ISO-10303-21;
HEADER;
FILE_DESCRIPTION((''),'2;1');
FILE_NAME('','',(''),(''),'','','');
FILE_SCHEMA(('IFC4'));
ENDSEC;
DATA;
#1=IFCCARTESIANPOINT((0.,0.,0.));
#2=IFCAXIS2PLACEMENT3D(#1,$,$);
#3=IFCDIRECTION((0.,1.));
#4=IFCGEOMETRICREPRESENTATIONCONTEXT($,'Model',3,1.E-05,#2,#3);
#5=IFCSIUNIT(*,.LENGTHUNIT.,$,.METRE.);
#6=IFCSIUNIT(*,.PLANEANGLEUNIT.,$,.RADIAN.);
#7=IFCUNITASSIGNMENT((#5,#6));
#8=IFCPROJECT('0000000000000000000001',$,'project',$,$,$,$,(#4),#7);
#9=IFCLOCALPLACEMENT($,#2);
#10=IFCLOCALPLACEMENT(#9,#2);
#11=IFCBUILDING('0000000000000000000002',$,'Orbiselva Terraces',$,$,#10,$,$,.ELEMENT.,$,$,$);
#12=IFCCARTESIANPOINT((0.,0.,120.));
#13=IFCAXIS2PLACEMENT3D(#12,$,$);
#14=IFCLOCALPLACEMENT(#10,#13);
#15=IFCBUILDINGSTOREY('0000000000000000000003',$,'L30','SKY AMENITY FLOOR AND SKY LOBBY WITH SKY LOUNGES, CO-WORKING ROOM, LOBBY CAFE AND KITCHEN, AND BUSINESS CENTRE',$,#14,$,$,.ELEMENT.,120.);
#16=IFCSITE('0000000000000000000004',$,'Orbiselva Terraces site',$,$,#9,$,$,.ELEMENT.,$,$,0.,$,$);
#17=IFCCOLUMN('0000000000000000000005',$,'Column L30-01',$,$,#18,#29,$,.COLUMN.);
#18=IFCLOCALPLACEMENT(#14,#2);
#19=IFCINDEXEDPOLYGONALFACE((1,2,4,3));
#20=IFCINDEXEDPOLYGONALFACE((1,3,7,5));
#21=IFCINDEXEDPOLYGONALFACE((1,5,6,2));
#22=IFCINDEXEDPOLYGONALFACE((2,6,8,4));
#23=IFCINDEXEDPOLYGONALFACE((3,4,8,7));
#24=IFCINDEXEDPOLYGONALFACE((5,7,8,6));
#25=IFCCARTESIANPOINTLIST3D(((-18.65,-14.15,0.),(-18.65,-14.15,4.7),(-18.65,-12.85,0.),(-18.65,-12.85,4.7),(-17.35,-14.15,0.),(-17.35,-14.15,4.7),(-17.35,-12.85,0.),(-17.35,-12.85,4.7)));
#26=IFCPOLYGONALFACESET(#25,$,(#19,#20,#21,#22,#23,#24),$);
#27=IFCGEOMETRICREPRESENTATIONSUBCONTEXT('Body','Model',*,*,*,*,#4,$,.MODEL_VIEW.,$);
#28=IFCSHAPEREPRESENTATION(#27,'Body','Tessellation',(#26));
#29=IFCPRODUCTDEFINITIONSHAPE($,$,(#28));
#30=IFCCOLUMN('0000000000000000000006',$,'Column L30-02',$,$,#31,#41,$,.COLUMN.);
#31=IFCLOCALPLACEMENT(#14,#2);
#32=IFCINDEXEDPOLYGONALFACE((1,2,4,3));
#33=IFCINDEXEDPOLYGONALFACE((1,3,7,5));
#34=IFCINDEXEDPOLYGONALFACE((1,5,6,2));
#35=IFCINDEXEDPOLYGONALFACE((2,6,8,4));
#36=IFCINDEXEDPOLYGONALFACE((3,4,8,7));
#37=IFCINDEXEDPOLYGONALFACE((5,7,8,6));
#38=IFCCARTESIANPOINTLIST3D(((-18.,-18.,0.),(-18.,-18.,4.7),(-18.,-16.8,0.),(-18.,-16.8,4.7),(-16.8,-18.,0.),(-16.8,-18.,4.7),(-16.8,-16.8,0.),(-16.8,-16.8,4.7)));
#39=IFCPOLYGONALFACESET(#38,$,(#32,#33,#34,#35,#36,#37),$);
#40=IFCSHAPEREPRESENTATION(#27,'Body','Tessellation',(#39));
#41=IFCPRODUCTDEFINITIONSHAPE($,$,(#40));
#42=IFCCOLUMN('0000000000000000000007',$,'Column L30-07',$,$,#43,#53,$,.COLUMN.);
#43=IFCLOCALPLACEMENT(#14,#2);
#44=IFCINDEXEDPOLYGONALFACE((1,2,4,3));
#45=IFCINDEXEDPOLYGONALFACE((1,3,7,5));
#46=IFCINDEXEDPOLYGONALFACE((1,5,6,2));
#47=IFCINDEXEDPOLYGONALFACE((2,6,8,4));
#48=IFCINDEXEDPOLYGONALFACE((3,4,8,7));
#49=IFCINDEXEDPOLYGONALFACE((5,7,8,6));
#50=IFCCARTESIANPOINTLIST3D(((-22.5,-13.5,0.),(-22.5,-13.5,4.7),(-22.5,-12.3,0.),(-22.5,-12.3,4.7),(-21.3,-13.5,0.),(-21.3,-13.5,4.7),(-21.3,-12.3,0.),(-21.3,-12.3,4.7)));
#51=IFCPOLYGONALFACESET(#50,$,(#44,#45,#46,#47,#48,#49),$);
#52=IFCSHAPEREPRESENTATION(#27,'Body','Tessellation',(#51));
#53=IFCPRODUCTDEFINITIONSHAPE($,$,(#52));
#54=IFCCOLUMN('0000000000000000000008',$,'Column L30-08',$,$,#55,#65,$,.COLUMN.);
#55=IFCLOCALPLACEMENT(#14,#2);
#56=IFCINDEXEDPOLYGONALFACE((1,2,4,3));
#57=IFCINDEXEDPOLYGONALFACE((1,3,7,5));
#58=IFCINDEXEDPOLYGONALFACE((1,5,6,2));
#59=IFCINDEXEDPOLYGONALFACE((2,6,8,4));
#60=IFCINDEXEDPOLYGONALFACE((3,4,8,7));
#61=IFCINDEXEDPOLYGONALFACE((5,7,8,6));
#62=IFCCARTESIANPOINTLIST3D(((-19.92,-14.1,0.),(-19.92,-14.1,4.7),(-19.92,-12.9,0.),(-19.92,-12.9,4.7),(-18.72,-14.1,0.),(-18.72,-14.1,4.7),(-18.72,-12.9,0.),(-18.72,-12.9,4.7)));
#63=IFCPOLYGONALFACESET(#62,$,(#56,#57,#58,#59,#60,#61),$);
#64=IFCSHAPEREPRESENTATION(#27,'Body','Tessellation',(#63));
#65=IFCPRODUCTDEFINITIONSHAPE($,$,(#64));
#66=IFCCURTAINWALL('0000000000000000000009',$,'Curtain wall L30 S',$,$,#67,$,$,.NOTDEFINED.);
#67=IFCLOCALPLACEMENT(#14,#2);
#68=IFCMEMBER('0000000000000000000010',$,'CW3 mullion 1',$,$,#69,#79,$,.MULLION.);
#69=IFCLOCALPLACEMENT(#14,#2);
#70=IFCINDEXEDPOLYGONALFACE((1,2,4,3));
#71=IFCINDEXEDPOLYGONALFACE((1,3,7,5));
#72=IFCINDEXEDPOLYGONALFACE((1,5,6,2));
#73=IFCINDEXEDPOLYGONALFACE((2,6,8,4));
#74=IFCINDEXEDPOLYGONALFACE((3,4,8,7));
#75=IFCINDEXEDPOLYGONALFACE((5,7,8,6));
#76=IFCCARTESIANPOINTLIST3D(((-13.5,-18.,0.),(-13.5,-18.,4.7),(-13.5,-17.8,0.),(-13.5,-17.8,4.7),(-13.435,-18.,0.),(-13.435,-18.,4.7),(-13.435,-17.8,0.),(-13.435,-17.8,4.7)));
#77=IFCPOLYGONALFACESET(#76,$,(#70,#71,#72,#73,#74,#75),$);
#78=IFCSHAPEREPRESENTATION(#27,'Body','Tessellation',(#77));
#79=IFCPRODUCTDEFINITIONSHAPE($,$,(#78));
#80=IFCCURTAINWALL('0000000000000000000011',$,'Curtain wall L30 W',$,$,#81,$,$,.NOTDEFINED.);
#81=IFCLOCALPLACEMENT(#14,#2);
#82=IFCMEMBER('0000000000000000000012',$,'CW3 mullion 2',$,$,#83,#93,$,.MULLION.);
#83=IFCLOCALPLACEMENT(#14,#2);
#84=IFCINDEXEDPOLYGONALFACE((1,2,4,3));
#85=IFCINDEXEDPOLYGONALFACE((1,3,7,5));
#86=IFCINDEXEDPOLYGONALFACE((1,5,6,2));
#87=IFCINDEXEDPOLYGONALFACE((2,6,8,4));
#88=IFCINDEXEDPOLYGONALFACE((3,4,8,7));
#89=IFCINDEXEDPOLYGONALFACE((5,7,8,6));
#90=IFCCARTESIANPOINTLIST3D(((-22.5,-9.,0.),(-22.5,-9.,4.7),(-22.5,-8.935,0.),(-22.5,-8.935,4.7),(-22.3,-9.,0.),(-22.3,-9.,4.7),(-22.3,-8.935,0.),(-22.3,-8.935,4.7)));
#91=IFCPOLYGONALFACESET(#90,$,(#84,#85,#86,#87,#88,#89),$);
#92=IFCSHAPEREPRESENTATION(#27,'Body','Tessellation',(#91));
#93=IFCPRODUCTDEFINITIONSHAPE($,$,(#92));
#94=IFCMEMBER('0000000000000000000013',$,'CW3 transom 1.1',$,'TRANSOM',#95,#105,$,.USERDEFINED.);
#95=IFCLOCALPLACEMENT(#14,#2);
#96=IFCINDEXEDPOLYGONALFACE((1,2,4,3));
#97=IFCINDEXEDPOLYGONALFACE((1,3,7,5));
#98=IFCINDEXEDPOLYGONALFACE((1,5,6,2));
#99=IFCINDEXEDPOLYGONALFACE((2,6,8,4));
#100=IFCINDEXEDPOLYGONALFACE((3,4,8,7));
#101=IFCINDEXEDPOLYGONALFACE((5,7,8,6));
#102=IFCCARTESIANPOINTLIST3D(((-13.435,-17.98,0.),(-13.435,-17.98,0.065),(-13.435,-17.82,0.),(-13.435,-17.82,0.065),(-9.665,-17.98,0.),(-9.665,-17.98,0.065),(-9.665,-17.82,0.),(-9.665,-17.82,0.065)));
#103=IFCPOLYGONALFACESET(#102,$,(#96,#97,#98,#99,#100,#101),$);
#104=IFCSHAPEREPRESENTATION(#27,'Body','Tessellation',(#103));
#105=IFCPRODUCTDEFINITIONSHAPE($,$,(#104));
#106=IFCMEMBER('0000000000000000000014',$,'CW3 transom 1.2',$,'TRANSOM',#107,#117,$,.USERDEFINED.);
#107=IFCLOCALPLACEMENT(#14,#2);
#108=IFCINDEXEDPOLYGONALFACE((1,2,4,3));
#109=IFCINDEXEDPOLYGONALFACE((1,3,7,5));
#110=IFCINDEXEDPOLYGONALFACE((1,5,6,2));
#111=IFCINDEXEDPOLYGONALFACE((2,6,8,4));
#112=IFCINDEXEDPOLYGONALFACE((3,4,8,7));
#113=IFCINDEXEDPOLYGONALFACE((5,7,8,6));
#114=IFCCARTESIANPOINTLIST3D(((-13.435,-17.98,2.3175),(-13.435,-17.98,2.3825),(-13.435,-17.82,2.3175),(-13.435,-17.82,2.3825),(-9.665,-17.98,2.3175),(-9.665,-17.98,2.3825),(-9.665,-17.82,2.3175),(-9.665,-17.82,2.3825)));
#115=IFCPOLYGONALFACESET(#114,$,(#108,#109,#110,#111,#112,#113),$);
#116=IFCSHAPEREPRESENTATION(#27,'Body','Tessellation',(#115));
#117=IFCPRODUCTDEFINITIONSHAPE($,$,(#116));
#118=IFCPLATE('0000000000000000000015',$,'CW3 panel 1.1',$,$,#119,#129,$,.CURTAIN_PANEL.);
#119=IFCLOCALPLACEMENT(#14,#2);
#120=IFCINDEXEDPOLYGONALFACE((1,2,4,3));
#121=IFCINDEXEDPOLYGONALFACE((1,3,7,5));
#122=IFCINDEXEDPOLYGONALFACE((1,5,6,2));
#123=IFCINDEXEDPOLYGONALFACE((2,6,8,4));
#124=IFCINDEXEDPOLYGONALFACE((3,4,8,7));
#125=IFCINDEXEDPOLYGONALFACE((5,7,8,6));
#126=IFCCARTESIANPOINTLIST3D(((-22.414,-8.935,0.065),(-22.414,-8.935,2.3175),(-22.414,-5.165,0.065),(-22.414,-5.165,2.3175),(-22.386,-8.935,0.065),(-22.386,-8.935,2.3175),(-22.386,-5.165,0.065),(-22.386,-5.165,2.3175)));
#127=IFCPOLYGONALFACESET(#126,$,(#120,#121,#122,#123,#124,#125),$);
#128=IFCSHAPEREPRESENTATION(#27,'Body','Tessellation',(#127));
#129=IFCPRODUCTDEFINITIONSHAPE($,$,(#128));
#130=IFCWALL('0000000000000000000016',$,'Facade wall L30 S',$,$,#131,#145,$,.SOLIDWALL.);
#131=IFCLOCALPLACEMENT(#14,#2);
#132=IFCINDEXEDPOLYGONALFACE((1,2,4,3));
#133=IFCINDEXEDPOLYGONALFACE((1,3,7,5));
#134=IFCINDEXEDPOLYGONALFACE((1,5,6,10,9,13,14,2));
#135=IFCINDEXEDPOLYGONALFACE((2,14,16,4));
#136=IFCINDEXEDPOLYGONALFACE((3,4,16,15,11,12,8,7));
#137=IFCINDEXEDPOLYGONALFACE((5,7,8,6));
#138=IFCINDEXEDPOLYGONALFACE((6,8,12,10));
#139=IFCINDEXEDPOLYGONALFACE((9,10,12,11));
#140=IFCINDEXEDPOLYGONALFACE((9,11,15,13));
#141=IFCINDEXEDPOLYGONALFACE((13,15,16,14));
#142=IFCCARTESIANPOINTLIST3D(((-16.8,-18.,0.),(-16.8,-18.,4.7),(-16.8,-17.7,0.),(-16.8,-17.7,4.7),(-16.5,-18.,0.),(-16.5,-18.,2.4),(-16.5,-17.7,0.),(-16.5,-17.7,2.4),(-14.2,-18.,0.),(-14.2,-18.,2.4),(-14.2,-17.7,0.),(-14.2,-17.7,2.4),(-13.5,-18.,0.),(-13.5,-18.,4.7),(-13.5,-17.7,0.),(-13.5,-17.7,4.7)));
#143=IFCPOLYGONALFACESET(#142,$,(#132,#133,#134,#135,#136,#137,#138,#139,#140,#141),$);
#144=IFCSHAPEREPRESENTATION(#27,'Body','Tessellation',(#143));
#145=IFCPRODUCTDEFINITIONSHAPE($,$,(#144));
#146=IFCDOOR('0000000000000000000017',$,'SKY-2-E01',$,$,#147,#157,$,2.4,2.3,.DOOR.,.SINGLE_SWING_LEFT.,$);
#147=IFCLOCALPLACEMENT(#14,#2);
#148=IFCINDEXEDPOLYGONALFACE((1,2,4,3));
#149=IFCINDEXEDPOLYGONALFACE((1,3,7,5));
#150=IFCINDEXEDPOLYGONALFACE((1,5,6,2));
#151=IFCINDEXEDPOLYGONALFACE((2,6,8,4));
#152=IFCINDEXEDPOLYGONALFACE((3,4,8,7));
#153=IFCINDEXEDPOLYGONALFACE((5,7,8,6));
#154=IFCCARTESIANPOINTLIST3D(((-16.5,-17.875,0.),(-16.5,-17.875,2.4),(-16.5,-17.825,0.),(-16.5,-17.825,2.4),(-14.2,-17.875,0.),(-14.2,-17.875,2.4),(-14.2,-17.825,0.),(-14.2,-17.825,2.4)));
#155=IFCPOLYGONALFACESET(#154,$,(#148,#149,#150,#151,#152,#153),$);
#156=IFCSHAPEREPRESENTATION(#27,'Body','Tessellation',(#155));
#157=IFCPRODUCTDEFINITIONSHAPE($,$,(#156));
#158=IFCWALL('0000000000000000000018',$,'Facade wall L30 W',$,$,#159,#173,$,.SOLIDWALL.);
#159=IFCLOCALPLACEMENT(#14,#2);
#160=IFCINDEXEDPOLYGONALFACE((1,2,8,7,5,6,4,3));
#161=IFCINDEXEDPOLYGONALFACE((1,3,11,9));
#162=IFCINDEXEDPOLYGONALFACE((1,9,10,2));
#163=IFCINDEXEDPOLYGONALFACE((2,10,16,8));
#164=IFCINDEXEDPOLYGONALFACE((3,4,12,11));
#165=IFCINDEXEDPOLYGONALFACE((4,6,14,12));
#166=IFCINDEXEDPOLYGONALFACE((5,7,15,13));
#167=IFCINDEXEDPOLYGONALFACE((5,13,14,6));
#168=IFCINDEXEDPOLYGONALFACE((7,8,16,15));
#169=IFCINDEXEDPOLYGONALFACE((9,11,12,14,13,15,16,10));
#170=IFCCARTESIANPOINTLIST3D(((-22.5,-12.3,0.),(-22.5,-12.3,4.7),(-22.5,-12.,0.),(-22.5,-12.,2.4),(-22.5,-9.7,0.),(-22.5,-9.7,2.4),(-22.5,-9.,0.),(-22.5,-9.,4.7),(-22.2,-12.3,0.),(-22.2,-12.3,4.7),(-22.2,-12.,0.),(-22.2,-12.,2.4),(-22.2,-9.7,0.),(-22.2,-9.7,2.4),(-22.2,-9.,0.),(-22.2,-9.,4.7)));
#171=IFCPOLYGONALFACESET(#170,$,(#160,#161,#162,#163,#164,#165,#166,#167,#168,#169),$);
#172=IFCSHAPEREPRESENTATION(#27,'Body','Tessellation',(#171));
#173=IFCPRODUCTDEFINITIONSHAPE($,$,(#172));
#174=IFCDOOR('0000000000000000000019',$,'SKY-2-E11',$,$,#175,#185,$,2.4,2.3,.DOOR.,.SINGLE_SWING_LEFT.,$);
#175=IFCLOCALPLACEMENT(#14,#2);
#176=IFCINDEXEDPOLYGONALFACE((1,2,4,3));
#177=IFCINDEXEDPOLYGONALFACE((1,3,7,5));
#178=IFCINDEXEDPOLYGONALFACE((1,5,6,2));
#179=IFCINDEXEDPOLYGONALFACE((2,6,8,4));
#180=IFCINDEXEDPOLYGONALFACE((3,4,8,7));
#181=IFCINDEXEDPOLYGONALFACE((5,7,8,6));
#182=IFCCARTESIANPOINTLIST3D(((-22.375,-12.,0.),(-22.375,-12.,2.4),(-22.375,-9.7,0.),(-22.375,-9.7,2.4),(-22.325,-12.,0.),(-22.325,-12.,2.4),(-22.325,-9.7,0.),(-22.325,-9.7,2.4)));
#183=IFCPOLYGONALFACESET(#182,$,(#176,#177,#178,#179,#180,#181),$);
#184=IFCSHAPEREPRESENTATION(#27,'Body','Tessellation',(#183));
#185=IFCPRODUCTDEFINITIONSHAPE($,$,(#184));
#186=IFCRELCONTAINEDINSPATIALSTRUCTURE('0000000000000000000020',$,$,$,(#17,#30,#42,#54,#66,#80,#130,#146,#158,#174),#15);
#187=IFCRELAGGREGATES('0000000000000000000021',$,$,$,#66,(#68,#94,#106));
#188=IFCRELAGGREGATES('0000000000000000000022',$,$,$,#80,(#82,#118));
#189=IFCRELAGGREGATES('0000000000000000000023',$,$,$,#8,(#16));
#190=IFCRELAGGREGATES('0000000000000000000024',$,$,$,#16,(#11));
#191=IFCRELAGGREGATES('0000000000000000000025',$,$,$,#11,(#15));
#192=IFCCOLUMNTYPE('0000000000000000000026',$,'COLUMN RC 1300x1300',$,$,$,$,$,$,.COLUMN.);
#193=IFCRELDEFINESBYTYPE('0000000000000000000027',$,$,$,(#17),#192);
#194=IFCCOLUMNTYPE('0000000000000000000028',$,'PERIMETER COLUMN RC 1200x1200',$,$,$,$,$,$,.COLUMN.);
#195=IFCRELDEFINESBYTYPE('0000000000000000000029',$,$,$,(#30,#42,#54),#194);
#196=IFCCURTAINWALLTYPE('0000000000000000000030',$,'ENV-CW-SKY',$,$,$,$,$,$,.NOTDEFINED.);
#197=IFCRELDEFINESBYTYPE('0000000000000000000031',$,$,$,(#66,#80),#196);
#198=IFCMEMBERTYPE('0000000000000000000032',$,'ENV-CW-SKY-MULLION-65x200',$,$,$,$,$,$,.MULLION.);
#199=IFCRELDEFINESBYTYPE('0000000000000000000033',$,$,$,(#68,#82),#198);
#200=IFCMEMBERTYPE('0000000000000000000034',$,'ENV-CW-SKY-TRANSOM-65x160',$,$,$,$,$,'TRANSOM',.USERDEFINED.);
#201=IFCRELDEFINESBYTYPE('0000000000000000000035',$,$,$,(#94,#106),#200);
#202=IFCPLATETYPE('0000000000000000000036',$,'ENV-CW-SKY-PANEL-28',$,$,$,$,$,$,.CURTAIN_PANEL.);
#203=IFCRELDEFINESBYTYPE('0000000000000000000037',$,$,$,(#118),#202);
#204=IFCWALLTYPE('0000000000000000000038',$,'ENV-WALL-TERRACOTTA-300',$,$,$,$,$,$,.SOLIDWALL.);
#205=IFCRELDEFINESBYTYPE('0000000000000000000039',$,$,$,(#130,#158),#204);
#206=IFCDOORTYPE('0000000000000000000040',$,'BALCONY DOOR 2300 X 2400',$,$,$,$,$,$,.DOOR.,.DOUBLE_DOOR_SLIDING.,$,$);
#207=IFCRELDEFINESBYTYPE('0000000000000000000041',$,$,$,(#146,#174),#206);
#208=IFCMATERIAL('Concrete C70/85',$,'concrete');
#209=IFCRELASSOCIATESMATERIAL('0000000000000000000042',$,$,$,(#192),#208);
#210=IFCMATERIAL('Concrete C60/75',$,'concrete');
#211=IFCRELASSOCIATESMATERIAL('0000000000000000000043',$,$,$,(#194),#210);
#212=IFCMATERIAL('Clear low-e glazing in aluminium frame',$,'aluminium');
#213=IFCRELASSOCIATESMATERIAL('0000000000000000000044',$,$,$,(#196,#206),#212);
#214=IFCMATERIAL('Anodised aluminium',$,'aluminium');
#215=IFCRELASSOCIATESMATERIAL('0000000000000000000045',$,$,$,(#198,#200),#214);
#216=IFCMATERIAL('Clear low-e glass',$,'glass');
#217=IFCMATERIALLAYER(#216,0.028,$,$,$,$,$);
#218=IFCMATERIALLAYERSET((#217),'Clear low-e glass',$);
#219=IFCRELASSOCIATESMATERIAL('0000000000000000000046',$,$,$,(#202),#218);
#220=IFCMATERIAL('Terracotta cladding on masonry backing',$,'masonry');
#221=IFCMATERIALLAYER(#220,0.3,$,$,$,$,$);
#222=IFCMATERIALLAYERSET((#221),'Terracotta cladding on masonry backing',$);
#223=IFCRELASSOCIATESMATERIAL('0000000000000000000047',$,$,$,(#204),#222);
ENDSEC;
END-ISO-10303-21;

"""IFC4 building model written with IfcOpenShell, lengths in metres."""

from ifc_helpers import new_model, si_unit, direction, frame, frame_2d, origin, origin_2d, place, context, subcontext, project, spatial, rectangle, extrude, material, layer, layer_set, material_profile, profile_set, type_object, element, fill, aggregate, save


model = new_model("IFC4")

# Units and contexts
model_context = context("Model", 3, precision=1e-05, world=origin(), true_north=direction((0.0, 1.0)))
body_context = subcontext(model_context, "Body", "Model", "MODEL_VIEW")
ifc_project = project(units=[si_unit("LENGTHUNIT", "METRE"), si_unit("PLANEANGLEUNIT", "RADIAN")], contexts=[model_context])

# Site, building, storey
site_placement = place(None, origin())
site = spatial("IfcSite", under=ifc_project, at=site_placement, Name="Orbiselva Terraces site", CompositionType="ELEMENT", RefElevation=0.0)
building_placement = place(site_placement, origin())
building = spatial("IfcBuilding", under=site, at=building_placement, Name="Orbiselva Terraces", CompositionType="ELEMENT")
storey_placement = place(building_placement, frame((0.0, 0.0, 120.0)))
storey = spatial("IfcBuildingStorey", under=building, at=storey_placement, Name="L30", Description="SKY AMENITY FLOOR AND SKY LOBBY WITH SKY LOUNGES, CO-WORKING ROOM, LOBBY CAFE AND KITCHEN, AND BUSINESS CENTRE", CompositionType="ELEMENT", Elevation=120.0)

# Columns
ifc_material_1 = material(Name="Concrete C70/85", Category="concrete")
ifc_material_profile_1 = material_profile(ifc_material_1, rectangle(XDim=1.3, YDim=1.3, at=origin_2d()), Name="RC 1300x1300")
ifc_profile_set_1 = profile_set([ifc_material_profile_1], Name="Concrete C70/85")
column_type_1 = type_object("IfcColumnType", Name="COLUMN RC 1300x1300", PredefinedType="COLUMN", material=ifc_profile_set_1)
column_placement = place(storey_placement, frame((-18.0, -13.5, 0.0), z_axis=(0.0, 0.0, 1.0), x_axis=(1.0, 0.0, 0.0)))
element("IfcColumn", 1, at=column_placement, inside=storey, type_object=column_type_1, Name="Column L30-01", PredefinedType="COLUMN", context=body_context, shape_type="SweptSolid", body=[
    extrude(rectangle(XDim=1.3, YDim=1.3, at=origin_2d()), origin(), (0.0, 0.0, 1.0), 4.7),
])
ifc_material_2 = material(Name="Concrete C60/75", Category="concrete")
ifc_material_profile_2 = material_profile(ifc_material_2, rectangle(XDim=1.2, YDim=1.2, at=origin_2d()), Name="RC 1200x1200")
ifc_profile_set_2 = profile_set([ifc_material_profile_2], Name="Concrete C60/75")
column_type_2 = type_object("IfcColumnType", Name="PERIMETER COLUMN RC 1200x1200", PredefinedType="COLUMN", material=ifc_profile_set_2)
for number, where, z_axis, x_axis, name in (
    (2, (-17.4, -17.4, 0.0), (0.0, 0.0, 1.0), (1.0, 0.0, 0.0), "Column L30-02"),
    (3, (-21.9, -12.9, 0.0), (0.0, 0.0, 1.0), (1.0, 0.0, 0.0), "Column L30-07"),
    (4, (-19.32, -13.5, 0.0), (0.0, 0.0, 1.0), (1.0, 0.0, 0.0), "Column L30-08"),
):
    element("IfcColumn", number, at=place(storey_placement, frame(where, z_axis=z_axis, x_axis=x_axis)), inside=storey, type_object=column_type_2, Name=name, PredefinedType="COLUMN", context=body_context, shape_type="SweptSolid", body=[
        extrude(rectangle(XDim=1.2, YDim=1.2, at=origin_2d()), origin(), (0.0, 0.0, 1.0), 4.7),
    ])

# Curtain walls, members
ifc_material_3 = material(Name="Clear low-e glazing in aluminium frame", Category="aluminium")
curtain_wall_type = type_object("IfcCurtainWallType", Name="ENV-CW-SKY", PredefinedType="NOTDEFINED", material=ifc_material_3)
curtain_wall_1_placement = place(storey_placement, origin())
curtain_wall_1 = element("IfcCurtainWall", 5, at=curtain_wall_1_placement, inside=storey, type_object=curtain_wall_type, Name="Curtain wall L30 S", PredefinedType="NOTDEFINED")
ifc_material_4 = material(Name="Anodised aluminium", Category="aluminium")
ifc_material_profile_3 = material_profile(ifc_material_4, rectangle(XDim=0.2, YDim=0.065, at=origin_2d()), Name="AL 65x200")
ifc_profile_set_3 = profile_set([ifc_material_profile_3], Name="Anodised aluminium")
member_type_1 = type_object("IfcMemberType", Name="ENV-CW-SKY-MULLION-65x200", PredefinedType="MULLION", material=ifc_profile_set_3)
member_1_placement = place(storey_placement, frame((-13.4675, -17.9, 0.0), z_axis=(0.0, 0.0, 1.0), x_axis=(0.0, 1.0, 0.0)))
member_1 = element("IfcMember", 6, at=member_1_placement, type_object=member_type_1, Name="CW3 mullion 1", PredefinedType="MULLION", context=body_context, shape_type="SweptSolid", body=[
    extrude(rectangle(XDim=0.2, YDim=0.065, at=origin_2d()), origin(), (0.0, 0.0, 1.0), 4.7),
])
curtain_wall_2_placement = place(storey_placement, origin())
curtain_wall_2 = element("IfcCurtainWall", 7, at=curtain_wall_2_placement, inside=storey, type_object=curtain_wall_type, Name="Curtain wall L30 W", PredefinedType="NOTDEFINED")
member_2_placement = place(storey_placement, frame((-22.4, -8.9675, 0.0), z_axis=(0.0, 0.0, 1.0), x_axis=(1.0, 0.0, 0.0)))
member_2 = element("IfcMember", 8, at=member_2_placement, type_object=member_type_1, Name="CW3 mullion 2", PredefinedType="MULLION", context=body_context, shape_type="SweptSolid", body=[
    extrude(rectangle(XDim=0.2, YDim=0.065, at=origin_2d()), origin(), (0.0, 0.0, 1.0), 4.7),
])

# Members
ifc_material_profile_4 = material_profile(ifc_material_4, rectangle(XDim=0.16, YDim=0.065, at=origin_2d()), Name="AL 65x160")
ifc_profile_set_4 = profile_set([ifc_material_profile_4], Name="Anodised aluminium")
member_type_2 = type_object("IfcMemberType", Name="ENV-CW-SKY-TRANSOM-65x160", ElementType="TRANSOM", PredefinedType="USERDEFINED", material=ifc_profile_set_4)
member_3_placement = place(storey_placement, frame((-13.435, -17.9, 0.0325), z_axis=(1.0, 0.0, 0.0), x_axis=(0.0, 1.0, 0.0)))
member_3 = element("IfcMember", 9, at=member_3_placement, type_object=member_type_2, Name="CW3 transom 1.1", ObjectType="TRANSOM", PredefinedType="USERDEFINED", context=body_context, shape_type="SweptSolid", body=[
    extrude(rectangle(XDim=0.16, YDim=0.065, at=origin_2d()), origin(), (0.0, 0.0, 1.0), 3.77),
])
member_4_placement = place(storey_placement, frame((-13.435, -17.9, 2.35), z_axis=(1.0, 0.0, 0.0), x_axis=(0.0, 1.0, 0.0)))
member_4 = element("IfcMember", 10, at=member_4_placement, type_object=member_type_2, Name="CW3 transom 1.2", ObjectType="TRANSOM", PredefinedType="USERDEFINED", context=body_context, shape_type="SweptSolid", body=[
    extrude(rectangle(XDim=0.16, YDim=0.065, at=origin_2d()), origin(), (0.0, 0.0, 1.0), 3.77),
])
aggregate(curtain_wall_1, [member_1, member_3, member_4])

# Plate
ifc_material_5 = material(Name="Clear low-e glass", Category="glass")
ifc_layer_1 = layer(ifc_material_5, 0.028)
ifc_layer_set_1 = layer_set([ifc_layer_1], Name="Clear low-e glass")
plate_type = type_object("IfcPlateType", Name="ENV-CW-SKY-PANEL-28", PredefinedType="CURTAIN_PANEL", material=ifc_layer_set_1)
plate_placement = place(storey_placement, frame((-22.4, -7.05, 0.065), z_axis=(0.0, 0.0, 1.0), x_axis=(0.0, -1.0, 0.0)))
plate = element("IfcPlate", 11, at=plate_placement, type_object=plate_type, Name="CW3 panel 1.1", PredefinedType="CURTAIN_PANEL", context=body_context, shape_type="SweptSolid", body=[
    extrude(rectangle(XDim=3.77, YDim=0.028, at=origin_2d()), origin(), (0.0, 0.0, 1.0), 2.2525),
])
aggregate(curtain_wall_2, [member_2, plate])

# Walls, openings, doors
ifc_material_6 = material(Name="Terracotta cladding on masonry backing", Category="masonry")
ifc_layer_2 = layer(ifc_material_6, 0.3)
ifc_layer_set_2 = layer_set([ifc_layer_2], Name="Terracotta cladding on masonry backing")
wall_type = type_object("IfcWallType", Name="ENV-WALL-TERRACOTTA-300", PredefinedType="SOLIDWALL", material=ifc_layer_set_2)
wall_1_placement = place(storey_placement, frame((-13.5, -17.85, 0.0), z_axis=(0.0, 0.0, 1.0), x_axis=(-1.0, 0.0, 0.0)))
wall_1 = element("IfcWall", 12, at=wall_1_placement, inside=storey, type_object=wall_type, Name="Facade wall L30 S", PredefinedType="SOLIDWALL", context=body_context, shape_type="SweptSolid", body=[
    extrude(rectangle(XDim=3.3, YDim=0.3, at=frame_2d((1.65, 0.0))), origin(), (0.0, 0.0, 1.0), 4.7),
])
opening_1_placement = place(wall_1_placement, frame((0.7, 0.0, 0.0)))
opening_1 = element("IfcOpeningElement", 13, at=opening_1_placement, cuts=wall_1, PredefinedType="OPENING", context=body_context, shape_type="SweptSolid", body=[
    extrude(rectangle(XDim=2.3, YDim=2.4, at=frame_2d((1.15, 1.2))), frame((0.0, 0.16, 0.0), z_axis=(0.0, -1.0, 0.0), x_axis=(1.0, 0.0, 0.0)), (0.0, 0.0, 1.0), 0.32),
])
door_type = type_object("IfcDoorType", Name="BALCONY DOOR 2300 X 2400", OperationType="DOUBLE_DOOR_SLIDING", PredefinedType="DOOR", material=ifc_material_3)
door_1_placement = place(opening_1_placement, origin())
door_1 = element("IfcDoor", 14, at=door_1_placement, inside=storey, type_object=door_type, Name="SKY-2-E01", OperationType="SINGLE_SWING_LEFT", OverallHeight=2.4, OverallWidth=2.3, PredefinedType="DOOR", context=body_context, shape_type="SweptSolid", body=[
    extrude(rectangle(XDim=2.3, YDim=2.4, at=frame_2d((1.15, 1.2))), frame((0.0, 0.025, 0.0), z_axis=(0.0, -1.0, 0.0), x_axis=(1.0, 0.0, 0.0)), (0.0, 0.0, 1.0), 0.05),
])
fill(opening_1, door_1)
wall_2_placement = place(storey_placement, frame((-22.35, -12.3, 0.0), z_axis=(0.0, 0.0, 1.0), x_axis=(0.0, 1.0, 0.0)))
wall_2 = element("IfcWall", 15, at=wall_2_placement, inside=storey, type_object=wall_type, Name="Facade wall L30 W", PredefinedType="SOLIDWALL", context=body_context, shape_type="SweptSolid", body=[
    extrude(rectangle(XDim=3.3, YDim=0.3, at=frame_2d((1.65, 0.0))), origin(), (0.0, 0.0, 1.0), 4.7),
])
opening_2_placement = place(wall_2_placement, frame((0.3, 0.0, 0.0)))
opening_2 = element("IfcOpeningElement", 16, at=opening_2_placement, cuts=wall_2, PredefinedType="OPENING", context=body_context, shape_type="SweptSolid", body=[
    extrude(rectangle(XDim=2.3, YDim=2.4, at=frame_2d((1.15, 1.2))), frame((0.0, 0.16, 0.0), z_axis=(0.0, -1.0, 0.0), x_axis=(1.0, 0.0, 0.0)), (0.0, 0.0, 1.0), 0.32),
])
door_2_placement = place(opening_2_placement, origin())
door_2 = element("IfcDoor", 17, at=door_2_placement, inside=storey, type_object=door_type, Name="SKY-2-E11", OperationType="SINGLE_SWING_LEFT", OverallHeight=2.4, OverallWidth=2.3, PredefinedType="DOOR", context=body_context, shape_type="SweptSolid", body=[
    extrude(rectangle(XDim=2.3, YDim=2.4, at=frame_2d((1.15, 1.2))), frame((0.0, 0.025, 0.0), z_axis=(0.0, -1.0, 0.0), x_axis=(1.0, 0.0, 0.0)), (0.0, 0.0, 1.0), 0.05),
])
fill(opening_2, door_2)

save(model, "model.ifc")
